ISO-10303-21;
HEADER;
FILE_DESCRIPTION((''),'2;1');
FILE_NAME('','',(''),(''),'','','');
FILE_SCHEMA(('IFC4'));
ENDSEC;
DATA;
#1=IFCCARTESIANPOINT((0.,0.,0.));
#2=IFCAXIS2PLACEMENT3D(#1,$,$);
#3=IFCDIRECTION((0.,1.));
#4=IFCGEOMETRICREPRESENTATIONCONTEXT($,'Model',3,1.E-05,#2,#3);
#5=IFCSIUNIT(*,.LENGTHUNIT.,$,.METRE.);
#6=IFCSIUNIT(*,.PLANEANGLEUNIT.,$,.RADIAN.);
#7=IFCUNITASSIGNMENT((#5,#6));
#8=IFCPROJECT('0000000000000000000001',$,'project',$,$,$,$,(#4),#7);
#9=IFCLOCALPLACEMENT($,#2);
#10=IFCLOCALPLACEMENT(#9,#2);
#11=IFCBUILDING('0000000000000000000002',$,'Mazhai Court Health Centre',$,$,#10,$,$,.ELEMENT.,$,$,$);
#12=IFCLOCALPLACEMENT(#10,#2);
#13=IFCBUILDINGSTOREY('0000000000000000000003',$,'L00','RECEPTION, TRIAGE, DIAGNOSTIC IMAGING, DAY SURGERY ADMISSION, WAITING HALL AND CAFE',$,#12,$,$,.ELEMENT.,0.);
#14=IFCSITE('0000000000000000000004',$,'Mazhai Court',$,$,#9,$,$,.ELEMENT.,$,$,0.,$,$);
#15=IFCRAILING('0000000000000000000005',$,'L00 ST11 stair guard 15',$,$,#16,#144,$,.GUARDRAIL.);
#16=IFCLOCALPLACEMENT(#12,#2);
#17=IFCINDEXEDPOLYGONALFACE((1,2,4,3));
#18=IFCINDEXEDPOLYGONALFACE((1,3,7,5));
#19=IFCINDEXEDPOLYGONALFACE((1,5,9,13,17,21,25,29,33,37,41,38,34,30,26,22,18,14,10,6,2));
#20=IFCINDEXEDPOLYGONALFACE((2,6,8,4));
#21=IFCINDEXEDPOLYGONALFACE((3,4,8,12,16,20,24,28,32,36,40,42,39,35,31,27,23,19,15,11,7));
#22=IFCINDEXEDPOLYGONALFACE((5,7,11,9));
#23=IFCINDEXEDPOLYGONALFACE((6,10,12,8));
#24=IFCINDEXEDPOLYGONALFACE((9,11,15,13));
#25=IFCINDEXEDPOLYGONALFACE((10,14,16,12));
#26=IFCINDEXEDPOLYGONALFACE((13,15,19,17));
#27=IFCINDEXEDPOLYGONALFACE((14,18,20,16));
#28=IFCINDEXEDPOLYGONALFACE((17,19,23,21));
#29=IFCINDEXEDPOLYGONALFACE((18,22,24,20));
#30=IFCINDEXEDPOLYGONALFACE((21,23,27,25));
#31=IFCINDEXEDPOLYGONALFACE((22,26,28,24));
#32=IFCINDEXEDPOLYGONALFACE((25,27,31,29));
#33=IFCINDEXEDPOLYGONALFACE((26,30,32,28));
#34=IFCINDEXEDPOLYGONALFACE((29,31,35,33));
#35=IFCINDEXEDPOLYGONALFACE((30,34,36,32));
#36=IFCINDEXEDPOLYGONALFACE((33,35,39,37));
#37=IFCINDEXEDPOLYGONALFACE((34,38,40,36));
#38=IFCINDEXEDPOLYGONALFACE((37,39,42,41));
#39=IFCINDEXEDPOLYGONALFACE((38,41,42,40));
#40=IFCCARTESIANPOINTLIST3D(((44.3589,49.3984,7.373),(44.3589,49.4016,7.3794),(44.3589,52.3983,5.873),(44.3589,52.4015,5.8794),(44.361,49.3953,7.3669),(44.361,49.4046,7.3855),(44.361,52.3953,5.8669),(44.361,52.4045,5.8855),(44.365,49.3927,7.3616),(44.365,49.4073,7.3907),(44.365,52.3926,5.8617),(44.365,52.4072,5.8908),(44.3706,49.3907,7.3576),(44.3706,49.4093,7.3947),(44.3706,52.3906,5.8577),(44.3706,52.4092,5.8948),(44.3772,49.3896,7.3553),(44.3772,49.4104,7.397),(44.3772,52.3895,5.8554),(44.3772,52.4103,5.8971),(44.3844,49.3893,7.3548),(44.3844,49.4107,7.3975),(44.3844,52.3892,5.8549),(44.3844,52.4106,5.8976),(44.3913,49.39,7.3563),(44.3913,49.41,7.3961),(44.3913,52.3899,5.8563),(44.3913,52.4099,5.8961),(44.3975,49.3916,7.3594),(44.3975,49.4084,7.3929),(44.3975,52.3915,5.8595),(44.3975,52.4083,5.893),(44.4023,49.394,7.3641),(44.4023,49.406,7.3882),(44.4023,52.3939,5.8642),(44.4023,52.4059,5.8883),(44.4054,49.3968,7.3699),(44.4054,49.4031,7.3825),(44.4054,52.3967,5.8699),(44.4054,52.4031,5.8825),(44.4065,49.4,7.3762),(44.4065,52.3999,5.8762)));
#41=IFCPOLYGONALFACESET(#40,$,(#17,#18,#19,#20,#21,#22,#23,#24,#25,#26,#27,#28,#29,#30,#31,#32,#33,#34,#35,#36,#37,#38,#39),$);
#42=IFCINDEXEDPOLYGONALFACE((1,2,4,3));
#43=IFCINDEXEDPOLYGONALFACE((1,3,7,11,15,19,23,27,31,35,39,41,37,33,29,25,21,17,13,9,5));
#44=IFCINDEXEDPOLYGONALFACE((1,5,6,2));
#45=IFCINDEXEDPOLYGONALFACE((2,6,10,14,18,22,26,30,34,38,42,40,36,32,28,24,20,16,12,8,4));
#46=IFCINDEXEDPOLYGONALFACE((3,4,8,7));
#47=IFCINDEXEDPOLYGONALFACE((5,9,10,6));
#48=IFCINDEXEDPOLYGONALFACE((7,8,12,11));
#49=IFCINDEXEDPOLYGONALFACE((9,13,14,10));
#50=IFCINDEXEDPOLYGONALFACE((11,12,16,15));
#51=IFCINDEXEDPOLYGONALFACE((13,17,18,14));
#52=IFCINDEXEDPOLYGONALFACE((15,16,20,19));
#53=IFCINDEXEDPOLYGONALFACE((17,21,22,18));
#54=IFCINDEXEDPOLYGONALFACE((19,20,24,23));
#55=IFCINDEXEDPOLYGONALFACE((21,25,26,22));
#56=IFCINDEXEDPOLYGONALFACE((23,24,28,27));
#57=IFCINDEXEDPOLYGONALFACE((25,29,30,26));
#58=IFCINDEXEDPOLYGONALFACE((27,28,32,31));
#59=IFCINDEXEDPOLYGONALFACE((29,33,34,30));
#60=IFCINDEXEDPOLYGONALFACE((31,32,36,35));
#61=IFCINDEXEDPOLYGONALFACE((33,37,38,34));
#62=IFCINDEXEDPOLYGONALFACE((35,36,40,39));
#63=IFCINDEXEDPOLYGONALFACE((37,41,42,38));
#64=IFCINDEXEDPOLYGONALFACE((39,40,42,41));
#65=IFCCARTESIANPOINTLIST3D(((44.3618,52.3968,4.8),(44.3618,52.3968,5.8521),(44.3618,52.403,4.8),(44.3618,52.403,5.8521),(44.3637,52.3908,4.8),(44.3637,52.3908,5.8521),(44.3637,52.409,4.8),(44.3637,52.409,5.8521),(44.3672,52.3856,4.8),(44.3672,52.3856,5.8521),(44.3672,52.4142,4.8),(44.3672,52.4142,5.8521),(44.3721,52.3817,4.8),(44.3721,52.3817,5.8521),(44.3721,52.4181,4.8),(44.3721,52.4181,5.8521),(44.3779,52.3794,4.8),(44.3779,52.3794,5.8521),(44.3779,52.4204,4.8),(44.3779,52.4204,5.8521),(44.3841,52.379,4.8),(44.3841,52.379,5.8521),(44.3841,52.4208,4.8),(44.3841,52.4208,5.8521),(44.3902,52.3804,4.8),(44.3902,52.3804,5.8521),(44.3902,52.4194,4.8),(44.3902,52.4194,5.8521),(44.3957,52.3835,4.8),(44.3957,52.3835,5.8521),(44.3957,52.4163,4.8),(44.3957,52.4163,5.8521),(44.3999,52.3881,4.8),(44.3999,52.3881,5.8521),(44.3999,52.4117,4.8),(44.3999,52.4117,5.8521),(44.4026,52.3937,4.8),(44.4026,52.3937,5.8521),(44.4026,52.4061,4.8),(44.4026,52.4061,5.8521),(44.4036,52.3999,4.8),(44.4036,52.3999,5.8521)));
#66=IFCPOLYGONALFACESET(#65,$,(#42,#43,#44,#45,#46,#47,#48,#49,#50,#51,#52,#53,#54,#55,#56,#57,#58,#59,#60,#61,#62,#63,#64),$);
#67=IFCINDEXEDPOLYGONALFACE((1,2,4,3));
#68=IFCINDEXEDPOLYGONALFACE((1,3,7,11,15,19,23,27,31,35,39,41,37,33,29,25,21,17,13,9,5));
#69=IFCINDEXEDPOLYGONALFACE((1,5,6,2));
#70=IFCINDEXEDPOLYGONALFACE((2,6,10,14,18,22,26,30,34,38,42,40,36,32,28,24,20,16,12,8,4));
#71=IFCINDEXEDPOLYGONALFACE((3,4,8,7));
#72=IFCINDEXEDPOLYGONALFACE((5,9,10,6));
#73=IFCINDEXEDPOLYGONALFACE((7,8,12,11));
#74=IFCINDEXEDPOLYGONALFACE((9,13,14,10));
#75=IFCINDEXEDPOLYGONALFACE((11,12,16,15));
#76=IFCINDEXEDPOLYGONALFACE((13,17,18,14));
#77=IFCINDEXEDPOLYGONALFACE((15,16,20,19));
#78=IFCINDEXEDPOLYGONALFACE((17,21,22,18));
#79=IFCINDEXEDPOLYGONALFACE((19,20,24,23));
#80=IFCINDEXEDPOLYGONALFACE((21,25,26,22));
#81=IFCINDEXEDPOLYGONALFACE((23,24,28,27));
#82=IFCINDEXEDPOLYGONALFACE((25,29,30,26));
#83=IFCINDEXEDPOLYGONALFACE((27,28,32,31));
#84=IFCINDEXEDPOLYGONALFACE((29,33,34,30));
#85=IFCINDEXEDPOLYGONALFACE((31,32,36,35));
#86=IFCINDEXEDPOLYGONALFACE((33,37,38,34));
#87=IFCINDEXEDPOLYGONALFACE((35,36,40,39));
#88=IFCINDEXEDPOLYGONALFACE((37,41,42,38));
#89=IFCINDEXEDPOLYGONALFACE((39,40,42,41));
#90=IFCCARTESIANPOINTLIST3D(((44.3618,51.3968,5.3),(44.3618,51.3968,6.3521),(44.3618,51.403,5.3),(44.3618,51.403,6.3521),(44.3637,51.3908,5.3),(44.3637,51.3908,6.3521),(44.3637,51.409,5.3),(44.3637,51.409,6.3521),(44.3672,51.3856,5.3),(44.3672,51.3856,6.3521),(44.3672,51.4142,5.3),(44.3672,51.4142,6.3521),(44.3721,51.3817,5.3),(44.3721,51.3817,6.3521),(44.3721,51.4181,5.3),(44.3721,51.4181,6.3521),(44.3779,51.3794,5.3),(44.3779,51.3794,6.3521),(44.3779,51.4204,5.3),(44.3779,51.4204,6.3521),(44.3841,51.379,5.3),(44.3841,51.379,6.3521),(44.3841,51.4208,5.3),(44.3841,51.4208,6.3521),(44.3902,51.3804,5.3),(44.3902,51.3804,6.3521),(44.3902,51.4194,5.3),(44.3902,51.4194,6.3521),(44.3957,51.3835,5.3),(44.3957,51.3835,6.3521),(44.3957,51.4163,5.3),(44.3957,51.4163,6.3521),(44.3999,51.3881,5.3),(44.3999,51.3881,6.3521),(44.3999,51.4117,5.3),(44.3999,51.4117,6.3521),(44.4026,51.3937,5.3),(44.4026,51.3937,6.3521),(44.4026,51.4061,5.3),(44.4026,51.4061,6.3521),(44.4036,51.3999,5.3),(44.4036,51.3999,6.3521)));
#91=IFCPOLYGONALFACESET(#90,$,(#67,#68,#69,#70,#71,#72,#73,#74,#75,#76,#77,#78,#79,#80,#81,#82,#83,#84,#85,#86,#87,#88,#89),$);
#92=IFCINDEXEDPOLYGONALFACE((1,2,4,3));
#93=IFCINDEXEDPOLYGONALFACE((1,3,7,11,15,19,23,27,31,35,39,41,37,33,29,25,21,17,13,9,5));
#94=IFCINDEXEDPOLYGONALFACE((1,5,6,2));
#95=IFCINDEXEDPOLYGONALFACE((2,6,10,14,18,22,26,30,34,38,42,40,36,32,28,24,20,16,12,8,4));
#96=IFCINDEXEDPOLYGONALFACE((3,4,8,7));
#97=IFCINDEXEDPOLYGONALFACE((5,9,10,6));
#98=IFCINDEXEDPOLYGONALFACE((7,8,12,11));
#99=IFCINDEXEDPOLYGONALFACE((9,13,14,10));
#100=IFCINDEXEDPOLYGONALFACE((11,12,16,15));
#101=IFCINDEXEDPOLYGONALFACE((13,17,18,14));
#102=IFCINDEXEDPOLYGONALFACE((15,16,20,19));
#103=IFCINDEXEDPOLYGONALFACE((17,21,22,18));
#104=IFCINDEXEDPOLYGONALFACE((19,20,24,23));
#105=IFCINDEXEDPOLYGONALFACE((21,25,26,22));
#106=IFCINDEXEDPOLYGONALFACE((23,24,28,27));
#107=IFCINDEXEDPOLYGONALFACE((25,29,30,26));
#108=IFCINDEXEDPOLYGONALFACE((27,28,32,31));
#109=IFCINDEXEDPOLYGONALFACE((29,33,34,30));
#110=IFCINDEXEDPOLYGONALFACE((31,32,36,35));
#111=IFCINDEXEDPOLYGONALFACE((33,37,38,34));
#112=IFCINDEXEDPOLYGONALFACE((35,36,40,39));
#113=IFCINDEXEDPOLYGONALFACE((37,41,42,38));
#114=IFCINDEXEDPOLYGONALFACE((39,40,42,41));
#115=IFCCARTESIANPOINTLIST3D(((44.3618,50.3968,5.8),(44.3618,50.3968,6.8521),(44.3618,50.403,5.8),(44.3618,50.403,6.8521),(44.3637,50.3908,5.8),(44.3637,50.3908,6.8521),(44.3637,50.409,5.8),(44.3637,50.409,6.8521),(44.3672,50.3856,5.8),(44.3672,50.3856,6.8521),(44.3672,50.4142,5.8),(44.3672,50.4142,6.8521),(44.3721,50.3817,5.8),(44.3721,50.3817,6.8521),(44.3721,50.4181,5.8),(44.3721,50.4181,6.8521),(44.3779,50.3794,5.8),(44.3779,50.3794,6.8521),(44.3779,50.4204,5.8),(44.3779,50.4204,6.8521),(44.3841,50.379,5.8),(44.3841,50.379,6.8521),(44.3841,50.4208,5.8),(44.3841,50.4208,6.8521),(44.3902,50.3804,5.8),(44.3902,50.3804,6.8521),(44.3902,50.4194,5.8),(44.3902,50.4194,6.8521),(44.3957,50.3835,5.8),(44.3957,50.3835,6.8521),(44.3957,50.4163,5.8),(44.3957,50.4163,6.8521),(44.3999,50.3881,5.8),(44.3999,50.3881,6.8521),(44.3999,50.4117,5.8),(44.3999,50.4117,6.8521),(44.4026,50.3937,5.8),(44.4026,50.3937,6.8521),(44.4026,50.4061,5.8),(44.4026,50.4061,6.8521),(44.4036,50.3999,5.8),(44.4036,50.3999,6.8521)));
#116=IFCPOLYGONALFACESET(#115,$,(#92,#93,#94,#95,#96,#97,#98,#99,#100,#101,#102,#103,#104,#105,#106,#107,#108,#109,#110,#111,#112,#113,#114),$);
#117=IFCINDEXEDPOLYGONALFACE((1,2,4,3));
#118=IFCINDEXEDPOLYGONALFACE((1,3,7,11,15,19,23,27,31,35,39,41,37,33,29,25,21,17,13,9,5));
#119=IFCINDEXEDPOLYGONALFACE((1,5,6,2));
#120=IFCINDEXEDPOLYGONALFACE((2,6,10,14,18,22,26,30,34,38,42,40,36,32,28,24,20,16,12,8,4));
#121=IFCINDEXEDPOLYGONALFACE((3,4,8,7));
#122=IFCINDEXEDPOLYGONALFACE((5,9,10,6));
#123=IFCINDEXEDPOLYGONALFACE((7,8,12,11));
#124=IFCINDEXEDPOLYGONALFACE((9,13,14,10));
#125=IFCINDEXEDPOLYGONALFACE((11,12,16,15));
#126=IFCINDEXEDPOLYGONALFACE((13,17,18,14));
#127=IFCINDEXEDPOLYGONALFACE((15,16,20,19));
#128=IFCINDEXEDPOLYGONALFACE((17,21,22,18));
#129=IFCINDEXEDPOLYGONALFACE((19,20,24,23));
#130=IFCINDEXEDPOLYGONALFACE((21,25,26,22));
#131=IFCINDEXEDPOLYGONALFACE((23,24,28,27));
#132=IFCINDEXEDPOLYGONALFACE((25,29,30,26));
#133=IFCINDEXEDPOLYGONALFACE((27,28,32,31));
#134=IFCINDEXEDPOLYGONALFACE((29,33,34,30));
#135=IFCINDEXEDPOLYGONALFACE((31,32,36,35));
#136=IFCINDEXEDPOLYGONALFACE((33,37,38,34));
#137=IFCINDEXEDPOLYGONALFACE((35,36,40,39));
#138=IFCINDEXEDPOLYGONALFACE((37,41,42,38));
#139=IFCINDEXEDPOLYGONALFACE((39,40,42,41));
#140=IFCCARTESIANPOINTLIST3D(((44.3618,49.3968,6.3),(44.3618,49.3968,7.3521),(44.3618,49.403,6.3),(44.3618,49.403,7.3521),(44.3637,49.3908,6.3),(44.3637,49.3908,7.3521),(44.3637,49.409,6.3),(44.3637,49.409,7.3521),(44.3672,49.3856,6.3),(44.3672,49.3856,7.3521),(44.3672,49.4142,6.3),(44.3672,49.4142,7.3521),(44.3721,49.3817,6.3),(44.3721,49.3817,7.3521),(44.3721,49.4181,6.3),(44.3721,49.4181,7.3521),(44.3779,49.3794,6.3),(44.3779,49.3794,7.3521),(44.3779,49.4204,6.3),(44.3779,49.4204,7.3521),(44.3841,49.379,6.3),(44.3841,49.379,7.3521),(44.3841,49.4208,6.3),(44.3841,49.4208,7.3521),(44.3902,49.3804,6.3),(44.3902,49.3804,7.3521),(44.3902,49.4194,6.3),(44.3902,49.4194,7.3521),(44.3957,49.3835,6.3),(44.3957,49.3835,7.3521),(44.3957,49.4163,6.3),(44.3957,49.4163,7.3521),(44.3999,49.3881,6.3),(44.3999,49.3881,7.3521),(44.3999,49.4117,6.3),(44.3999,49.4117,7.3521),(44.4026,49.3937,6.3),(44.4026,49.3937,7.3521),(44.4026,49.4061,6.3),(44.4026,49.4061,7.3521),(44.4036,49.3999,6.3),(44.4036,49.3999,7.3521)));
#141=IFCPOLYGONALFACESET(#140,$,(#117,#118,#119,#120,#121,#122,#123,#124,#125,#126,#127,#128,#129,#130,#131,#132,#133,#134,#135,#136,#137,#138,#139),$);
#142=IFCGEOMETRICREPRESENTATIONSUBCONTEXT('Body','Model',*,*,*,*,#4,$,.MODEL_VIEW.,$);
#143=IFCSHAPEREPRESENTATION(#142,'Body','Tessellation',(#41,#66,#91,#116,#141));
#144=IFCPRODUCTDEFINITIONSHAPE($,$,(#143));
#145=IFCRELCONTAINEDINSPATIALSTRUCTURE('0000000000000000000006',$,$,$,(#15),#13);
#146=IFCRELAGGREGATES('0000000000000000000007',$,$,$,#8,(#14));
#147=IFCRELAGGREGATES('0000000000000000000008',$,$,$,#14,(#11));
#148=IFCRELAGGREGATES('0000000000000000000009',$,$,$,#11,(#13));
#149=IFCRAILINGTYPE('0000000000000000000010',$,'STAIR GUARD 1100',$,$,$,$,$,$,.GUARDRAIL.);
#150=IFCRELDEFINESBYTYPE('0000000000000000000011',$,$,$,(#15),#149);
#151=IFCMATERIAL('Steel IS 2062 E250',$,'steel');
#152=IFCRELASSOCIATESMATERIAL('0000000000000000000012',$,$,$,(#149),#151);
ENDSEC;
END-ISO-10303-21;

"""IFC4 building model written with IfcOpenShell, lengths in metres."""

from ifc_helpers import new_model, si_unit, direction, frame, origin, origin_2d, place, context, subcontext, project, spatial, circle, extrude, material, type_object, element, save


model = new_model("IFC4")

# Units and contexts
model_context = context("Model", 3, precision=1e-05, world=origin(), true_north=direction((0.0, 1.0)))
body_context = subcontext(model_context, "Body", "Model", "MODEL_VIEW")
ifc_project = project(units=[si_unit("LENGTHUNIT", "METRE"), si_unit("PLANEANGLEUNIT", "RADIAN")], contexts=[model_context])

# Site, building, storey
site_placement = place(None, origin())
site = spatial("IfcSite", under=ifc_project, at=site_placement, Name="Mazhai Court", CompositionType="ELEMENT", RefElevation=0.0)
building_placement = place(site_placement, origin())
building = spatial("IfcBuilding", under=site, at=building_placement, Name="Mazhai Court Health Centre", CompositionType="ELEMENT")
storey_placement = place(building_placement, origin())
storey = spatial("IfcBuildingStorey", under=building, at=storey_placement, Name="L00", Description="RECEPTION, TRIAGE, DIAGNOSTIC IMAGING, DAY SURGERY ADMISSION, WAITING HALL AND CAFE", CompositionType="ELEMENT", Elevation=0.0)

# Railing
ifc_material_1 = material(Name="Steel IS 2062 E250", Category="steel")
railing_type_1 = type_object("IfcRailingType", Name="STAIR GUARD 1100", PredefinedType="GUARDRAIL", material=ifc_material_1)
railing_1_placement = place(storey_placement, frame((44.3826, 52.3999, 4.8)))
element("IfcRailing", 1, at=railing_1_placement, inside=storey, type_object=railing_type_1, Name="L00 ST11 stair guard 15", PredefinedType="GUARDRAIL", context=body_context, shape_type="SweptSolid", body=[
    extrude(circle(Radius=0.0239, at=origin_2d()), frame((0.0, 0.0, 1.0762), z_axis=(0.0, -0.894427, 0.447214), x_axis=(1.0, 0.0, 0.0)), (0.0, 0.0, 1.0), 3.354),
    extrude(circle(Radius=0.021, at=origin_2d()), origin(), (0.0, 0.0, 1.0), 1.052),
    extrude(circle(Radius=0.021, at=origin_2d()), frame((0.0, -1.0, 0.5)), (0.0, 0.0, 1.0), 1.052),
    extrude(circle(Radius=0.021, at=origin_2d()), frame((0.0, -2.0, 1.0)), (0.0, 0.0, 1.0), 1.052),
    extrude(circle(Radius=0.021, at=origin_2d()), frame((0.0, -3.0, 1.5)), (0.0, 0.0, 1.0), 1.052),
])

save(model, "model.ifc")
